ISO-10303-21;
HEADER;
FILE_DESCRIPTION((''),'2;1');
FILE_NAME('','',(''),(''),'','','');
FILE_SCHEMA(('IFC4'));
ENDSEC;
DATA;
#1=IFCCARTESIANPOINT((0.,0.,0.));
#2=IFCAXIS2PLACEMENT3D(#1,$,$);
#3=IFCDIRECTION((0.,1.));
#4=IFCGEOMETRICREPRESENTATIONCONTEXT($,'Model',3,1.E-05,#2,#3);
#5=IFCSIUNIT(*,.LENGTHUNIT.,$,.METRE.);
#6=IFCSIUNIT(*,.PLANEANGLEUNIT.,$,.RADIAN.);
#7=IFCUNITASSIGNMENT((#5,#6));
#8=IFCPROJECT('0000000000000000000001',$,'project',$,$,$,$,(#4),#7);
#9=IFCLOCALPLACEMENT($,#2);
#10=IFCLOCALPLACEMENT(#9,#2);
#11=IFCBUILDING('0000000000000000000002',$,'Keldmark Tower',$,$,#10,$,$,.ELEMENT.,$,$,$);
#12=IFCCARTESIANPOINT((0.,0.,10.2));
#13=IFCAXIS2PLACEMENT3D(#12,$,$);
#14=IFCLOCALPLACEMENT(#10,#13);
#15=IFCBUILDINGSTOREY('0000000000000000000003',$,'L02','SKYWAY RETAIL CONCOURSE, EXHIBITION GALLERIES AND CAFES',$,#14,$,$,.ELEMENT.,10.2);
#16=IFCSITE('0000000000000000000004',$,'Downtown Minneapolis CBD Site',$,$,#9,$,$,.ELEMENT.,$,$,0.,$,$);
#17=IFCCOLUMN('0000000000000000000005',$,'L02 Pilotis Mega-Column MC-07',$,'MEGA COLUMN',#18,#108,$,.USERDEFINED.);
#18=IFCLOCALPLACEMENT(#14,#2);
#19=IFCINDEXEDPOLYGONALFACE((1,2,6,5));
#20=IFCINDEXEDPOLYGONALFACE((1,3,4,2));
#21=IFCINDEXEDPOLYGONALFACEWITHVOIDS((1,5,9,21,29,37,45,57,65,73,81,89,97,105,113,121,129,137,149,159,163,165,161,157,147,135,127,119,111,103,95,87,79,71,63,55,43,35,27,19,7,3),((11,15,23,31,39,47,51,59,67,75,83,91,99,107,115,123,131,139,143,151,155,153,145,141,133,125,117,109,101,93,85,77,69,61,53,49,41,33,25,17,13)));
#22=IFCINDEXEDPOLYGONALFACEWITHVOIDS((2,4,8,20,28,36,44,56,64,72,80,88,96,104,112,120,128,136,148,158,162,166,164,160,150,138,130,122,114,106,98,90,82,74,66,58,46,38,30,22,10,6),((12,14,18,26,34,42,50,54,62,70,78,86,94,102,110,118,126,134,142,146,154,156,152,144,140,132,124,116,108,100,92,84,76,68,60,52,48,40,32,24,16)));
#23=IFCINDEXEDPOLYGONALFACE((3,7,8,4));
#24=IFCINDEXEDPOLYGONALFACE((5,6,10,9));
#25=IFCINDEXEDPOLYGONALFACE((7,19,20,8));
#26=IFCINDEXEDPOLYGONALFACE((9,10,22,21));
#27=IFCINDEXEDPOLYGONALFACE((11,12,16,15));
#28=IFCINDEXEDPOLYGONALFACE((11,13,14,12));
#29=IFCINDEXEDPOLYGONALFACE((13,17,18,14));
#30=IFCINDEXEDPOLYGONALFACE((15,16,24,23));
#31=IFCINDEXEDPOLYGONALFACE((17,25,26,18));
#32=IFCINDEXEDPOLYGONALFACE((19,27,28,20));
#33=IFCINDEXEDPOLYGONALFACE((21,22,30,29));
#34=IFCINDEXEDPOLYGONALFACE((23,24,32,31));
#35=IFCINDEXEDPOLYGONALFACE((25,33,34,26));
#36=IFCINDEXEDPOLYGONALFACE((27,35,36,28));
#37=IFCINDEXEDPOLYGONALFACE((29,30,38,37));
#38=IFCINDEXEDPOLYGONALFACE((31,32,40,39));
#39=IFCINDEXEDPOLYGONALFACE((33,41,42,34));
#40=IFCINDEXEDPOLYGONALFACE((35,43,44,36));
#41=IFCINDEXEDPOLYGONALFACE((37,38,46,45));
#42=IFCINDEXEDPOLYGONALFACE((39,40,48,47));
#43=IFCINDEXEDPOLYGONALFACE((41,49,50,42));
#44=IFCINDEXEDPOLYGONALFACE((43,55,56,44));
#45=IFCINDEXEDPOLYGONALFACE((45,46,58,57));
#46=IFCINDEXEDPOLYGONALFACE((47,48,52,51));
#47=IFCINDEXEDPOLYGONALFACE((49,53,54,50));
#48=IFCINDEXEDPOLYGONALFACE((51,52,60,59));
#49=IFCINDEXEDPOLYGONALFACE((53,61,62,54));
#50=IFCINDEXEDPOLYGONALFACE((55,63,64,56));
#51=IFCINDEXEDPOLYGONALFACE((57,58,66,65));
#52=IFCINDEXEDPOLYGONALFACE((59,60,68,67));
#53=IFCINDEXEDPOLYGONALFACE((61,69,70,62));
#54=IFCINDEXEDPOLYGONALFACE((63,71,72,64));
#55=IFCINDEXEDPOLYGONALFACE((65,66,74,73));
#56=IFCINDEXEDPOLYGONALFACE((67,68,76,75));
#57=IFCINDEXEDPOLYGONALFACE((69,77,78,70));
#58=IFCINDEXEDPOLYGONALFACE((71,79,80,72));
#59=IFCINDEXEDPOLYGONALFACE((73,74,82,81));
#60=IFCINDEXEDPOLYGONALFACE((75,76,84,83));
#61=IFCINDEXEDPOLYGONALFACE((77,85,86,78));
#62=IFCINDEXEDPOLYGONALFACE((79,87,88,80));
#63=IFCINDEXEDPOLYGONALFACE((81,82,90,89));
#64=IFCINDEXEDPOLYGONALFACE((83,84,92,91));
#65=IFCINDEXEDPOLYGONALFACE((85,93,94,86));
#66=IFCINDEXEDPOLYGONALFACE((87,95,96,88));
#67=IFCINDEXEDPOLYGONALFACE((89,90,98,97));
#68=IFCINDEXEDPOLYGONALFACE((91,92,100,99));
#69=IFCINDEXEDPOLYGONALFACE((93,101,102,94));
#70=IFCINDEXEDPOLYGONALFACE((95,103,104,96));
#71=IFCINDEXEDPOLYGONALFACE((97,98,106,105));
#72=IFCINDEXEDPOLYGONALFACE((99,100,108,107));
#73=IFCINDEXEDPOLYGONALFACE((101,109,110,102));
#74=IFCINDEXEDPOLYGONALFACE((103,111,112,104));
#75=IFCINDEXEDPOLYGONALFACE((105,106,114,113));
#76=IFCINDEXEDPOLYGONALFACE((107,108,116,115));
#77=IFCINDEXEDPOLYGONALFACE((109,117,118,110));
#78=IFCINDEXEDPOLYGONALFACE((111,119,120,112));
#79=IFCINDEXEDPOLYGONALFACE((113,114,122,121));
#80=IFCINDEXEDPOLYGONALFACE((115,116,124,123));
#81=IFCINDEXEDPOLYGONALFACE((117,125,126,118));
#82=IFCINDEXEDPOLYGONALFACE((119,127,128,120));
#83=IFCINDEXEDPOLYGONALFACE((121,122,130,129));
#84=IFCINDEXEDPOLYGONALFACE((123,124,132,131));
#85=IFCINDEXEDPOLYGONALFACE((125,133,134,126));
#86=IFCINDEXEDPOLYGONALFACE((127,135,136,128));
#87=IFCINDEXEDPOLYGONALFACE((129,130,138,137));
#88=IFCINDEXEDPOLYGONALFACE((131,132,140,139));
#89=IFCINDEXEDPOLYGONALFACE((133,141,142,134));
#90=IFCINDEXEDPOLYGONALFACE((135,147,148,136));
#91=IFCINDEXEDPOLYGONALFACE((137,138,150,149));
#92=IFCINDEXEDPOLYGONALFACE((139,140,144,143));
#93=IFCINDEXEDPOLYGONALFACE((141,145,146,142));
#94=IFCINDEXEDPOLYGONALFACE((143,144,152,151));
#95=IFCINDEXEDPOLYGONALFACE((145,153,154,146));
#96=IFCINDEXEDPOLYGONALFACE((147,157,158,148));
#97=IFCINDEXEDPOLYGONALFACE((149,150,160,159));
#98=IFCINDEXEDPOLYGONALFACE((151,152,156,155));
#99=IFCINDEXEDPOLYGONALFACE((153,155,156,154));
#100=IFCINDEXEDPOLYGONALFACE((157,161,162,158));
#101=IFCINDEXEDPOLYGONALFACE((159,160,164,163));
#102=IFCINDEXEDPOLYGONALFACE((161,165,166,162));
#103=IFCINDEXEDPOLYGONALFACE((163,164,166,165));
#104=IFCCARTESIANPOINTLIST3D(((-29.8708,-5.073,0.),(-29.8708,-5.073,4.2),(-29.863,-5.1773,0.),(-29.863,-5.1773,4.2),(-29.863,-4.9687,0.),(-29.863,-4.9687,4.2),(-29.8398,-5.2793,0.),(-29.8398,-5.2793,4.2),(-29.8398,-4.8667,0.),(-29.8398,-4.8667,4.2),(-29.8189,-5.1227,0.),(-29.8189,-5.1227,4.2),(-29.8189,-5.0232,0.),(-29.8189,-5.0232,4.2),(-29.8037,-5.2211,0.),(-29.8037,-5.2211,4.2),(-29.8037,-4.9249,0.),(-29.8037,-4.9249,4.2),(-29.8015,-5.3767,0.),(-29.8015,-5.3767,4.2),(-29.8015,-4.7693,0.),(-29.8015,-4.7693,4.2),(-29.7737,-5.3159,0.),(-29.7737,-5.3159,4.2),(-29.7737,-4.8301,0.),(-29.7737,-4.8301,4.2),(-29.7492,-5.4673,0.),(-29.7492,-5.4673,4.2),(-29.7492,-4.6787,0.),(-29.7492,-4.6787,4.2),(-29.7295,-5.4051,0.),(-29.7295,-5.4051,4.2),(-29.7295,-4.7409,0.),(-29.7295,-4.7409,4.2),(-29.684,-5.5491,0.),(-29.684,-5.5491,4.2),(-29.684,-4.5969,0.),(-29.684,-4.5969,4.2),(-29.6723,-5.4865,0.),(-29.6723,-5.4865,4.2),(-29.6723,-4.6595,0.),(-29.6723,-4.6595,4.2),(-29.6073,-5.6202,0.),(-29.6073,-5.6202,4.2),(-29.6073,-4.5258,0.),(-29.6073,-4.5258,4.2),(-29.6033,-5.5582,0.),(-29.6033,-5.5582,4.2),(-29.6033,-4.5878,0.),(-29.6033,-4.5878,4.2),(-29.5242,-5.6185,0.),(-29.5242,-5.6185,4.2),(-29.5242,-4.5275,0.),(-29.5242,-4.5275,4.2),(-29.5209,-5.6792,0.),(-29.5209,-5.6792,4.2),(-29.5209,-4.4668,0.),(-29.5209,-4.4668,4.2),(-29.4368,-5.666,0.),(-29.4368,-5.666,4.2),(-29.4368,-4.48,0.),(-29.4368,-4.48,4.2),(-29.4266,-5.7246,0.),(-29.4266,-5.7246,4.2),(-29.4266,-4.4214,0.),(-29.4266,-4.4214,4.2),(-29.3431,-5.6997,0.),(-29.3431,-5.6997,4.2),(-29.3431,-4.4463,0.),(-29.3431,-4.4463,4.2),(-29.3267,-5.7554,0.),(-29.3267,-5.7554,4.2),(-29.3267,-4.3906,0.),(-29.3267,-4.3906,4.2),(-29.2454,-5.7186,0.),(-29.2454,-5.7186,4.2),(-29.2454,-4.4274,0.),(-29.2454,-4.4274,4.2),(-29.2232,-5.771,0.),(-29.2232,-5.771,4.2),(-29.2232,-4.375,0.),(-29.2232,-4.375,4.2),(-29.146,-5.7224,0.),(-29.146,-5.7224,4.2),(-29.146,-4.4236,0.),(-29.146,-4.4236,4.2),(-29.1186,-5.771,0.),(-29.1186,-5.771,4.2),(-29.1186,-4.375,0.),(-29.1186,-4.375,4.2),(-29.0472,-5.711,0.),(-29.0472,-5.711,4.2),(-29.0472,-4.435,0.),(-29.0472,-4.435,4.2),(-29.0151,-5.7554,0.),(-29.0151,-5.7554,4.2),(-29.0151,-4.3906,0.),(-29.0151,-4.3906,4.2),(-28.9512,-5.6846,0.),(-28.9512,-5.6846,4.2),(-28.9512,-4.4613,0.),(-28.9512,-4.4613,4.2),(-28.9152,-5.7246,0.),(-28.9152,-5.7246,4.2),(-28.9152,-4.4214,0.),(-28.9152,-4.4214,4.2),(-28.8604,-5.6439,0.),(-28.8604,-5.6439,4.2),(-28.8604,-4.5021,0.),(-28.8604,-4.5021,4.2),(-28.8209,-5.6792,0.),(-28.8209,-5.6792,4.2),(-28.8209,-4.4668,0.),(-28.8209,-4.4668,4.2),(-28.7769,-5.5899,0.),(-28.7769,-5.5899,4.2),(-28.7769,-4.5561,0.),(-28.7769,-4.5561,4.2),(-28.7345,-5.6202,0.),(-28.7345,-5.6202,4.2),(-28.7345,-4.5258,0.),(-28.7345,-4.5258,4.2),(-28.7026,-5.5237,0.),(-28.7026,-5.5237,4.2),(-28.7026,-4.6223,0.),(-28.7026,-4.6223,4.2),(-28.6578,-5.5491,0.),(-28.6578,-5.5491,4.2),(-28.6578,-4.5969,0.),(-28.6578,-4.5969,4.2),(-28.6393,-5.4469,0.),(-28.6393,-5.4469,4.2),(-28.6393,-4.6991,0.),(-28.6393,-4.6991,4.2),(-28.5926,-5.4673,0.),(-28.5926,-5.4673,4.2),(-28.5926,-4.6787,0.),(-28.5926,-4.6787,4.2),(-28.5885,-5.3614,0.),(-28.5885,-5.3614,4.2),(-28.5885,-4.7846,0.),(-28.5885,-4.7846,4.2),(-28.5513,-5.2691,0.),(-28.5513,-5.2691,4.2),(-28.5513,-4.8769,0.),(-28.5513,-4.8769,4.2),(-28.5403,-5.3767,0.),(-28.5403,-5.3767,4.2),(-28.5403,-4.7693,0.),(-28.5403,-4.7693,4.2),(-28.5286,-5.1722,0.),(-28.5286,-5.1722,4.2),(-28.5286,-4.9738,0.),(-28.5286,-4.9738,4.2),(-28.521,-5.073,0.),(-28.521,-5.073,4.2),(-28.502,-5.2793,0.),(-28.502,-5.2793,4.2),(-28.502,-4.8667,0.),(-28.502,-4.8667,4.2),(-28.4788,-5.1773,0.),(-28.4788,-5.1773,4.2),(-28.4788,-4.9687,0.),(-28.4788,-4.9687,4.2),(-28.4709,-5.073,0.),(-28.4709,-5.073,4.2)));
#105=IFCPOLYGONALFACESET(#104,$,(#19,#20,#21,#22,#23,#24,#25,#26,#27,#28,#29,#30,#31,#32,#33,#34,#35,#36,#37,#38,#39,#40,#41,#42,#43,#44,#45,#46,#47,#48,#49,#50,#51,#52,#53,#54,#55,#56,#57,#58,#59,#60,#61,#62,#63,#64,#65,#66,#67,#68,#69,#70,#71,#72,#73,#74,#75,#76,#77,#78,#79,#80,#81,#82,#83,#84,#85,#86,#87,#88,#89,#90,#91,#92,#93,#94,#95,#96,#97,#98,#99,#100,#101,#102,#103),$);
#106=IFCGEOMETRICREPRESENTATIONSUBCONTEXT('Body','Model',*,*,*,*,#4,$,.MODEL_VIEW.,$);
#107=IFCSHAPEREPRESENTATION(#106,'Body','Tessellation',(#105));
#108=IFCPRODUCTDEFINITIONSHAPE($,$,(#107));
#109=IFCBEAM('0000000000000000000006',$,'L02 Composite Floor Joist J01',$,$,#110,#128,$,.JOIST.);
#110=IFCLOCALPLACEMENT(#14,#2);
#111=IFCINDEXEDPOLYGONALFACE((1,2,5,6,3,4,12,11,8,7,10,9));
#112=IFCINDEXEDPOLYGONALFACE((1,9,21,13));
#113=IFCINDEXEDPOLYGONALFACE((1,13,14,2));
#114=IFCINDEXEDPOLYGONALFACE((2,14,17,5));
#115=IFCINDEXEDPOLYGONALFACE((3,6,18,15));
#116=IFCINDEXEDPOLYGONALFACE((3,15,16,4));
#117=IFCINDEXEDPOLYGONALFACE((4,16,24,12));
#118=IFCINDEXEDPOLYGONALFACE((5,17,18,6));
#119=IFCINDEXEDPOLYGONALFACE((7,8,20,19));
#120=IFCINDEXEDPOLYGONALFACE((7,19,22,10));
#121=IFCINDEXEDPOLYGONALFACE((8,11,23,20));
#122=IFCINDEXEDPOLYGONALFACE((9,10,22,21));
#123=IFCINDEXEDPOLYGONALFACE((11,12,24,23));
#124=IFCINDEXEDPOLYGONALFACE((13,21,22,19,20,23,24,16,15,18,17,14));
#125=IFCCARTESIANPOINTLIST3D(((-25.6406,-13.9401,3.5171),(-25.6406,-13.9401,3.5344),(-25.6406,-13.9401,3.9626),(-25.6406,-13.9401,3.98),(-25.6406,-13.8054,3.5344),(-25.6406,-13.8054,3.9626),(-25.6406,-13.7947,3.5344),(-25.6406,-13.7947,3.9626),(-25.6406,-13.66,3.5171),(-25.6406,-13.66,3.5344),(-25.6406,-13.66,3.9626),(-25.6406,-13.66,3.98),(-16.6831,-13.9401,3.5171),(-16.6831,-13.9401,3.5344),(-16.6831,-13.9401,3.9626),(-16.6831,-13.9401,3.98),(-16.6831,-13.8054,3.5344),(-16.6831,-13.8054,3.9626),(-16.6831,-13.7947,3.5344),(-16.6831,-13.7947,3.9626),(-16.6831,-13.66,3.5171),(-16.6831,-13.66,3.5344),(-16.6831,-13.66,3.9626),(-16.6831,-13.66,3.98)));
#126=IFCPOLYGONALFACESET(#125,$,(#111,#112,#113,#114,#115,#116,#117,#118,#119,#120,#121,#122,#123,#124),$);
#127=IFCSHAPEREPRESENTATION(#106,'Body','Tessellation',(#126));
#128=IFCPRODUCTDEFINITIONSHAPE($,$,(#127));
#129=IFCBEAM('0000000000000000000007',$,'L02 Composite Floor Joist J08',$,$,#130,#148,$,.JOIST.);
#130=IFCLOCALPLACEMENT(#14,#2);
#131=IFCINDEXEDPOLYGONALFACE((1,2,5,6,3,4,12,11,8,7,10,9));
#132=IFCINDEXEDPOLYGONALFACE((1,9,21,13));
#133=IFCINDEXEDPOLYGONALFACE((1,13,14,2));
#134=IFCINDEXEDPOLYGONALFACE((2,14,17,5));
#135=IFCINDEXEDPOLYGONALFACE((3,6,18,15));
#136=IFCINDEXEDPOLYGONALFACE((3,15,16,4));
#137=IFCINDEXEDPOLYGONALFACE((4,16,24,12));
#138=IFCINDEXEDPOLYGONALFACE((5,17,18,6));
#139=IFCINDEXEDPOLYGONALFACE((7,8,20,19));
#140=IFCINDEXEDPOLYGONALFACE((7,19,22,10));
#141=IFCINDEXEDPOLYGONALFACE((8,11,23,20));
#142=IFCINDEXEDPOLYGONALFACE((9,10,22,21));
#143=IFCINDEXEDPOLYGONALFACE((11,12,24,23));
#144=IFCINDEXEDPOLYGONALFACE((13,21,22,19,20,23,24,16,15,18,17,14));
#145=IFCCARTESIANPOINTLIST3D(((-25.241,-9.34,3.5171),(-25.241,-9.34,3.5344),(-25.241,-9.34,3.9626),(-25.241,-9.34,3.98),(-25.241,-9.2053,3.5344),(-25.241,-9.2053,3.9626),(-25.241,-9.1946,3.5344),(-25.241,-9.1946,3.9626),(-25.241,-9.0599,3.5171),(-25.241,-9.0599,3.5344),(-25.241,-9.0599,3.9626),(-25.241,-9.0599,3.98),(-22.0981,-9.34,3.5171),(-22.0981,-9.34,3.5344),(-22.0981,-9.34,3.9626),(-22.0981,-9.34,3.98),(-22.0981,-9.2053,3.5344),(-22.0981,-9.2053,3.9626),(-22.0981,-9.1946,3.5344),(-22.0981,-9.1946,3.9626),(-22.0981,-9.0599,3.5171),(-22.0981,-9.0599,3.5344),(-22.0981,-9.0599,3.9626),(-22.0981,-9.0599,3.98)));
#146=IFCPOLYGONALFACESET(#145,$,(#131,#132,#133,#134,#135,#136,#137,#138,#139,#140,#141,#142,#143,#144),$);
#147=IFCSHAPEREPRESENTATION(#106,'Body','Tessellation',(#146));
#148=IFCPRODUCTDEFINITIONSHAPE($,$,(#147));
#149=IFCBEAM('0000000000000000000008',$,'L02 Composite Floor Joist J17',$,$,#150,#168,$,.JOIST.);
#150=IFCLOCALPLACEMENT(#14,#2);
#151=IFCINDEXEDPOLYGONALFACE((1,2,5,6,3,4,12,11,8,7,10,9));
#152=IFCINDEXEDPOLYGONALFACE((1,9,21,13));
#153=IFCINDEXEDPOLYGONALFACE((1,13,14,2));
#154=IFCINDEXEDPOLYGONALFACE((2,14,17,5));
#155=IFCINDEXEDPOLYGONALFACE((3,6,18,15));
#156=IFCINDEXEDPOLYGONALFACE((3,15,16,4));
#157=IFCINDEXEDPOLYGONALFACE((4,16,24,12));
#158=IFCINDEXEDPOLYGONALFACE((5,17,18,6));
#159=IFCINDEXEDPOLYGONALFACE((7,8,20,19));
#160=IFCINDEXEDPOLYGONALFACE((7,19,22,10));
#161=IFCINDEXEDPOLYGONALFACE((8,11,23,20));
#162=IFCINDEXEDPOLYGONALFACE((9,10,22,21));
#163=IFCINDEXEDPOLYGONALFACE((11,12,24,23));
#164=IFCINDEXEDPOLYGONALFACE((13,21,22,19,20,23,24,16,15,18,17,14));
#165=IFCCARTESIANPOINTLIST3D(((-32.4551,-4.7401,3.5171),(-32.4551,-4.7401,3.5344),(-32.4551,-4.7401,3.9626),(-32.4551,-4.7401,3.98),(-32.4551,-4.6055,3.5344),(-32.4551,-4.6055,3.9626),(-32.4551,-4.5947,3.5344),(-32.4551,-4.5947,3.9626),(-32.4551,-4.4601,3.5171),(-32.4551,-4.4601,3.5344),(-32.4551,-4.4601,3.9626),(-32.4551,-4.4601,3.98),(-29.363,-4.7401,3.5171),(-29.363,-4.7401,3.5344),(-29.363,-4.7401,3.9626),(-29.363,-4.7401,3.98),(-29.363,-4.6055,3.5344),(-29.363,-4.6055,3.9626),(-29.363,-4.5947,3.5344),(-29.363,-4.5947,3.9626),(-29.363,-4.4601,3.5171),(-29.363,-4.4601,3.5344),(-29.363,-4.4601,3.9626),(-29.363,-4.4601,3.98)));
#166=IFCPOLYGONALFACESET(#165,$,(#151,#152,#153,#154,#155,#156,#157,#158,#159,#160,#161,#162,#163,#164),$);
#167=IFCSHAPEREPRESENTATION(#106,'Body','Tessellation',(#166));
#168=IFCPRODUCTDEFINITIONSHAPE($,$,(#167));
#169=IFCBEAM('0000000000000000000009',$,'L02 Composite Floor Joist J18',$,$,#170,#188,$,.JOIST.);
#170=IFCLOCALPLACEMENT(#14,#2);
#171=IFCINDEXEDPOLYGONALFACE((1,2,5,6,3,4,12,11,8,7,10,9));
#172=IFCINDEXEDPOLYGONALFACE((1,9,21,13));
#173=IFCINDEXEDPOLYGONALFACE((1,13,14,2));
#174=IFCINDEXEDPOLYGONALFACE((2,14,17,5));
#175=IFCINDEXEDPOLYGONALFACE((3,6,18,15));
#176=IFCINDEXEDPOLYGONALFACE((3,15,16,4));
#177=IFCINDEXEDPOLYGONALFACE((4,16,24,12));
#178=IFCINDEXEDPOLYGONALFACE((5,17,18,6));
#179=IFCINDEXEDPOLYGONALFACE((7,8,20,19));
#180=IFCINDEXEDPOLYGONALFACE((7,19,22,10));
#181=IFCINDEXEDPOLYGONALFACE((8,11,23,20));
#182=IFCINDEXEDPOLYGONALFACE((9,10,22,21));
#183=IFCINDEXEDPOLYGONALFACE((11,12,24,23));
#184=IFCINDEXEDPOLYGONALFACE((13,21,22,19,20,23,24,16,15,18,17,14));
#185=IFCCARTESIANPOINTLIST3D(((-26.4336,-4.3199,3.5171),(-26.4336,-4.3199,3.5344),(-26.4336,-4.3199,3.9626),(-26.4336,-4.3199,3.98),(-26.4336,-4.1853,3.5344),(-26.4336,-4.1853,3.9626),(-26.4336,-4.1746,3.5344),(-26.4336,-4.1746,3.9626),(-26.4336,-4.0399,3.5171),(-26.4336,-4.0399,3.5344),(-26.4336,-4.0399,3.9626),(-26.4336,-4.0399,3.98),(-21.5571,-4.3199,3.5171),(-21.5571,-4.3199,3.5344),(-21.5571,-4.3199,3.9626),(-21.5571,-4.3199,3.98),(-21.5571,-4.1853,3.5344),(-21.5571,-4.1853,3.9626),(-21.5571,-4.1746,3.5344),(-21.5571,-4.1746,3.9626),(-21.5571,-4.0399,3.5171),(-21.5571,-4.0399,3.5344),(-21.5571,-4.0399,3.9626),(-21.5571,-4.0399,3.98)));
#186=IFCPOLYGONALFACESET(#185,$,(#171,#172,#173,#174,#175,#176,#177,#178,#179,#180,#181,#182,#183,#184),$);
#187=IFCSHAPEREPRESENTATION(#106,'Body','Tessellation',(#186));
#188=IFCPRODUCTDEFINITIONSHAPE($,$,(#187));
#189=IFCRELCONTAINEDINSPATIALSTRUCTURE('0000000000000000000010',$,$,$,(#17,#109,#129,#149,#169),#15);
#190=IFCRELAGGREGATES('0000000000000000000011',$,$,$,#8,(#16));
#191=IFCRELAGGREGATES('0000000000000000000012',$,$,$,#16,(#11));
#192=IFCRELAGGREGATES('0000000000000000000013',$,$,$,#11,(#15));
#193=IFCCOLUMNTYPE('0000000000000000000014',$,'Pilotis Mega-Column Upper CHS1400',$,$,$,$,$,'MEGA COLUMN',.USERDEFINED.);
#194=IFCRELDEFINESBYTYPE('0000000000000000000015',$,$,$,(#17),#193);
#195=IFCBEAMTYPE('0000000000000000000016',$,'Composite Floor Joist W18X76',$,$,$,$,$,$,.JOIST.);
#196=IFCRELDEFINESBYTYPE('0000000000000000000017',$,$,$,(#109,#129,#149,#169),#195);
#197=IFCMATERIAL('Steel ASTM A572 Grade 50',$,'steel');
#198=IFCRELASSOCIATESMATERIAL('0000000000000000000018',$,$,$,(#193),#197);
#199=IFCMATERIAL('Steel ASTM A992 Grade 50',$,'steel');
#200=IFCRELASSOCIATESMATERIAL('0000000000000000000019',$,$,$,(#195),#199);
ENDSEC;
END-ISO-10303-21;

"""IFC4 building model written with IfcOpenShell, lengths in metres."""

from ifc_helpers import new_model, si_unit, direction, frame, origin, origin_2d, place, context, subcontext, project, spatial, hollow_circle, i_section, extrude, material, material_profile, profile_set, type_object, element, save


model = new_model("IFC4")

# Units and contexts
model_context = context("Model", 3, precision=1e-05, world=origin(), true_north=direction((0.0, 1.0)))
body_context = subcontext(model_context, "Body", "Model", "MODEL_VIEW")
ifc_project = project(units=[si_unit("LENGTHUNIT", "METRE"), si_unit("PLANEANGLEUNIT", "RADIAN")], contexts=[model_context])

# Site, building, storey
site_placement = place(None, origin())
site = spatial("IfcSite", under=ifc_project, at=site_placement, Name="Downtown Minneapolis CBD Site", CompositionType="ELEMENT", RefElevation=0.0)
building_placement = place(site_placement, origin())
building = spatial("IfcBuilding", under=site, at=building_placement, Name="Keldmark Tower", CompositionType="ELEMENT")
storey_placement = place(building_placement, frame((0.0, 0.0, 10.2)))
storey = spatial("IfcBuildingStorey", under=building, at=storey_placement, Name="L02", Description="SKYWAY RETAIL CONCOURSE, EXHIBITION GALLERIES AND CAFES", CompositionType="ELEMENT", Elevation=10.2)

# Column
ifc_material_1 = material(Name="Steel ASTM A572 Grade 50", Category="steel")
ifc_material_profile_1 = material_profile(ifc_material_1, hollow_circle(Radius=0.7, WallThickness=0.05, at=origin_2d()), Name="CHS1400X50")
ifc_profile_set_1 = profile_set([ifc_material_profile_1], Name="Steel ASTM A572 Grade 50")
column_type = type_object("IfcColumnType", Name="Pilotis Mega-Column Upper CHS1400", ElementType="MEGA COLUMN", PredefinedType="USERDEFINED", material=ifc_profile_set_1)
column_placement = place(storey_placement, frame((-29.1709, -5.073, 0.0), z_axis=(0.0, 0.0, 1.0), x_axis=(1.0, 0.0, 0.0)))
element("IfcColumn", 1, at=column_placement, inside=storey, type_object=column_type, Name="L02 Pilotis Mega-Column MC-07", ObjectType="MEGA COLUMN", PredefinedType="USERDEFINED", context=body_context, shape_type="SweptSolid", body=[
    extrude(hollow_circle(Radius=0.7, WallThickness=0.05, at=origin_2d()), origin(), (0.0, 0.0, 1.0), 4.2),
])

# Beams
ifc_material_2 = material(Name="Steel ASTM A992 Grade 50", Category="steel")
ifc_material_profile_2 = material_profile(ifc_material_2, i_section(OverallWidth=0.28, OverallDepth=0.4629, WebThickness=0.0107, FlangeThickness=0.0173, at=origin_2d()), Name="W18X76")
ifc_profile_set_2 = profile_set([ifc_material_profile_2], Name="Steel ASTM A992 Grade 50")
beam_type_1 = type_object("IfcBeamType", Name="Composite Floor Joist W18X76", PredefinedType="JOIST", material=ifc_profile_set_2)
beam_1_placement = place(storey_placement, frame((-25.6406, -13.8, 3.7485), z_axis=(1.0, 0.0, 0.0), x_axis=(0.0, 1.0, 0.0)))
element("IfcBeam", 2, at=beam_1_placement, inside=storey, type_object=beam_type_1, Name="L02 Composite Floor Joist J01", PredefinedType="JOIST", context=body_context, shape_type="SweptSolid", body=[
    extrude(i_section(OverallWidth=0.28, OverallDepth=0.4629, WebThickness=0.0107, FlangeThickness=0.0173, at=origin_2d()), origin(), (0.0, 0.0, 1.0), 8.9575),
])
beam_2_placement = place(storey_placement, frame((-25.241, -9.2, 3.7485), z_axis=(1.0, 0.0, 0.0), x_axis=(0.0, 1.0, 0.0)))
element("IfcBeam", 3, at=beam_2_placement, inside=storey, type_object=beam_type_1, Name="L02 Composite Floor Joist J08", PredefinedType="JOIST", context=body_context, shape_type="SweptSolid", body=[
    extrude(i_section(OverallWidth=0.28, OverallDepth=0.4629, WebThickness=0.0107, FlangeThickness=0.0173, at=origin_2d()), origin(), (0.0, 0.0, 1.0), 3.1428),
])
beam_3_placement = place(storey_placement, frame((-32.4551, -4.6001, 3.7485), z_axis=(1.0, 0.0, 0.0), x_axis=(0.0, 1.0, 0.0)))
element("IfcBeam", 4, at=beam_3_placement, inside=storey, type_object=beam_type_1, Name="L02 Composite Floor Joist J17", PredefinedType="JOIST", context=body_context, shape_type="SweptSolid", body=[
    extrude(i_section(OverallWidth=0.28, OverallDepth=0.4629, WebThickness=0.0107, FlangeThickness=0.0173, at=origin_2d()), origin(), (0.0, 0.0, 1.0), 3.092),
])
beam_4_placement = place(storey_placement, frame((-26.4336, -4.1799, 3.7485), z_axis=(1.0, 0.0, 0.0), x_axis=(0.0, 1.0, 0.0)))
element("IfcBeam", 5, at=beam_4_placement, inside=storey, type_object=beam_type_1, Name="L02 Composite Floor Joist J18", PredefinedType="JOIST", context=body_context, shape_type="SweptSolid", body=[
    extrude(i_section(OverallWidth=0.28, OverallDepth=0.4629, WebThickness=0.0107, FlangeThickness=0.0173, at=origin_2d()), origin(), (0.0, 0.0, 1.0), 4.8765),
])

save(model, "model.ifc")
